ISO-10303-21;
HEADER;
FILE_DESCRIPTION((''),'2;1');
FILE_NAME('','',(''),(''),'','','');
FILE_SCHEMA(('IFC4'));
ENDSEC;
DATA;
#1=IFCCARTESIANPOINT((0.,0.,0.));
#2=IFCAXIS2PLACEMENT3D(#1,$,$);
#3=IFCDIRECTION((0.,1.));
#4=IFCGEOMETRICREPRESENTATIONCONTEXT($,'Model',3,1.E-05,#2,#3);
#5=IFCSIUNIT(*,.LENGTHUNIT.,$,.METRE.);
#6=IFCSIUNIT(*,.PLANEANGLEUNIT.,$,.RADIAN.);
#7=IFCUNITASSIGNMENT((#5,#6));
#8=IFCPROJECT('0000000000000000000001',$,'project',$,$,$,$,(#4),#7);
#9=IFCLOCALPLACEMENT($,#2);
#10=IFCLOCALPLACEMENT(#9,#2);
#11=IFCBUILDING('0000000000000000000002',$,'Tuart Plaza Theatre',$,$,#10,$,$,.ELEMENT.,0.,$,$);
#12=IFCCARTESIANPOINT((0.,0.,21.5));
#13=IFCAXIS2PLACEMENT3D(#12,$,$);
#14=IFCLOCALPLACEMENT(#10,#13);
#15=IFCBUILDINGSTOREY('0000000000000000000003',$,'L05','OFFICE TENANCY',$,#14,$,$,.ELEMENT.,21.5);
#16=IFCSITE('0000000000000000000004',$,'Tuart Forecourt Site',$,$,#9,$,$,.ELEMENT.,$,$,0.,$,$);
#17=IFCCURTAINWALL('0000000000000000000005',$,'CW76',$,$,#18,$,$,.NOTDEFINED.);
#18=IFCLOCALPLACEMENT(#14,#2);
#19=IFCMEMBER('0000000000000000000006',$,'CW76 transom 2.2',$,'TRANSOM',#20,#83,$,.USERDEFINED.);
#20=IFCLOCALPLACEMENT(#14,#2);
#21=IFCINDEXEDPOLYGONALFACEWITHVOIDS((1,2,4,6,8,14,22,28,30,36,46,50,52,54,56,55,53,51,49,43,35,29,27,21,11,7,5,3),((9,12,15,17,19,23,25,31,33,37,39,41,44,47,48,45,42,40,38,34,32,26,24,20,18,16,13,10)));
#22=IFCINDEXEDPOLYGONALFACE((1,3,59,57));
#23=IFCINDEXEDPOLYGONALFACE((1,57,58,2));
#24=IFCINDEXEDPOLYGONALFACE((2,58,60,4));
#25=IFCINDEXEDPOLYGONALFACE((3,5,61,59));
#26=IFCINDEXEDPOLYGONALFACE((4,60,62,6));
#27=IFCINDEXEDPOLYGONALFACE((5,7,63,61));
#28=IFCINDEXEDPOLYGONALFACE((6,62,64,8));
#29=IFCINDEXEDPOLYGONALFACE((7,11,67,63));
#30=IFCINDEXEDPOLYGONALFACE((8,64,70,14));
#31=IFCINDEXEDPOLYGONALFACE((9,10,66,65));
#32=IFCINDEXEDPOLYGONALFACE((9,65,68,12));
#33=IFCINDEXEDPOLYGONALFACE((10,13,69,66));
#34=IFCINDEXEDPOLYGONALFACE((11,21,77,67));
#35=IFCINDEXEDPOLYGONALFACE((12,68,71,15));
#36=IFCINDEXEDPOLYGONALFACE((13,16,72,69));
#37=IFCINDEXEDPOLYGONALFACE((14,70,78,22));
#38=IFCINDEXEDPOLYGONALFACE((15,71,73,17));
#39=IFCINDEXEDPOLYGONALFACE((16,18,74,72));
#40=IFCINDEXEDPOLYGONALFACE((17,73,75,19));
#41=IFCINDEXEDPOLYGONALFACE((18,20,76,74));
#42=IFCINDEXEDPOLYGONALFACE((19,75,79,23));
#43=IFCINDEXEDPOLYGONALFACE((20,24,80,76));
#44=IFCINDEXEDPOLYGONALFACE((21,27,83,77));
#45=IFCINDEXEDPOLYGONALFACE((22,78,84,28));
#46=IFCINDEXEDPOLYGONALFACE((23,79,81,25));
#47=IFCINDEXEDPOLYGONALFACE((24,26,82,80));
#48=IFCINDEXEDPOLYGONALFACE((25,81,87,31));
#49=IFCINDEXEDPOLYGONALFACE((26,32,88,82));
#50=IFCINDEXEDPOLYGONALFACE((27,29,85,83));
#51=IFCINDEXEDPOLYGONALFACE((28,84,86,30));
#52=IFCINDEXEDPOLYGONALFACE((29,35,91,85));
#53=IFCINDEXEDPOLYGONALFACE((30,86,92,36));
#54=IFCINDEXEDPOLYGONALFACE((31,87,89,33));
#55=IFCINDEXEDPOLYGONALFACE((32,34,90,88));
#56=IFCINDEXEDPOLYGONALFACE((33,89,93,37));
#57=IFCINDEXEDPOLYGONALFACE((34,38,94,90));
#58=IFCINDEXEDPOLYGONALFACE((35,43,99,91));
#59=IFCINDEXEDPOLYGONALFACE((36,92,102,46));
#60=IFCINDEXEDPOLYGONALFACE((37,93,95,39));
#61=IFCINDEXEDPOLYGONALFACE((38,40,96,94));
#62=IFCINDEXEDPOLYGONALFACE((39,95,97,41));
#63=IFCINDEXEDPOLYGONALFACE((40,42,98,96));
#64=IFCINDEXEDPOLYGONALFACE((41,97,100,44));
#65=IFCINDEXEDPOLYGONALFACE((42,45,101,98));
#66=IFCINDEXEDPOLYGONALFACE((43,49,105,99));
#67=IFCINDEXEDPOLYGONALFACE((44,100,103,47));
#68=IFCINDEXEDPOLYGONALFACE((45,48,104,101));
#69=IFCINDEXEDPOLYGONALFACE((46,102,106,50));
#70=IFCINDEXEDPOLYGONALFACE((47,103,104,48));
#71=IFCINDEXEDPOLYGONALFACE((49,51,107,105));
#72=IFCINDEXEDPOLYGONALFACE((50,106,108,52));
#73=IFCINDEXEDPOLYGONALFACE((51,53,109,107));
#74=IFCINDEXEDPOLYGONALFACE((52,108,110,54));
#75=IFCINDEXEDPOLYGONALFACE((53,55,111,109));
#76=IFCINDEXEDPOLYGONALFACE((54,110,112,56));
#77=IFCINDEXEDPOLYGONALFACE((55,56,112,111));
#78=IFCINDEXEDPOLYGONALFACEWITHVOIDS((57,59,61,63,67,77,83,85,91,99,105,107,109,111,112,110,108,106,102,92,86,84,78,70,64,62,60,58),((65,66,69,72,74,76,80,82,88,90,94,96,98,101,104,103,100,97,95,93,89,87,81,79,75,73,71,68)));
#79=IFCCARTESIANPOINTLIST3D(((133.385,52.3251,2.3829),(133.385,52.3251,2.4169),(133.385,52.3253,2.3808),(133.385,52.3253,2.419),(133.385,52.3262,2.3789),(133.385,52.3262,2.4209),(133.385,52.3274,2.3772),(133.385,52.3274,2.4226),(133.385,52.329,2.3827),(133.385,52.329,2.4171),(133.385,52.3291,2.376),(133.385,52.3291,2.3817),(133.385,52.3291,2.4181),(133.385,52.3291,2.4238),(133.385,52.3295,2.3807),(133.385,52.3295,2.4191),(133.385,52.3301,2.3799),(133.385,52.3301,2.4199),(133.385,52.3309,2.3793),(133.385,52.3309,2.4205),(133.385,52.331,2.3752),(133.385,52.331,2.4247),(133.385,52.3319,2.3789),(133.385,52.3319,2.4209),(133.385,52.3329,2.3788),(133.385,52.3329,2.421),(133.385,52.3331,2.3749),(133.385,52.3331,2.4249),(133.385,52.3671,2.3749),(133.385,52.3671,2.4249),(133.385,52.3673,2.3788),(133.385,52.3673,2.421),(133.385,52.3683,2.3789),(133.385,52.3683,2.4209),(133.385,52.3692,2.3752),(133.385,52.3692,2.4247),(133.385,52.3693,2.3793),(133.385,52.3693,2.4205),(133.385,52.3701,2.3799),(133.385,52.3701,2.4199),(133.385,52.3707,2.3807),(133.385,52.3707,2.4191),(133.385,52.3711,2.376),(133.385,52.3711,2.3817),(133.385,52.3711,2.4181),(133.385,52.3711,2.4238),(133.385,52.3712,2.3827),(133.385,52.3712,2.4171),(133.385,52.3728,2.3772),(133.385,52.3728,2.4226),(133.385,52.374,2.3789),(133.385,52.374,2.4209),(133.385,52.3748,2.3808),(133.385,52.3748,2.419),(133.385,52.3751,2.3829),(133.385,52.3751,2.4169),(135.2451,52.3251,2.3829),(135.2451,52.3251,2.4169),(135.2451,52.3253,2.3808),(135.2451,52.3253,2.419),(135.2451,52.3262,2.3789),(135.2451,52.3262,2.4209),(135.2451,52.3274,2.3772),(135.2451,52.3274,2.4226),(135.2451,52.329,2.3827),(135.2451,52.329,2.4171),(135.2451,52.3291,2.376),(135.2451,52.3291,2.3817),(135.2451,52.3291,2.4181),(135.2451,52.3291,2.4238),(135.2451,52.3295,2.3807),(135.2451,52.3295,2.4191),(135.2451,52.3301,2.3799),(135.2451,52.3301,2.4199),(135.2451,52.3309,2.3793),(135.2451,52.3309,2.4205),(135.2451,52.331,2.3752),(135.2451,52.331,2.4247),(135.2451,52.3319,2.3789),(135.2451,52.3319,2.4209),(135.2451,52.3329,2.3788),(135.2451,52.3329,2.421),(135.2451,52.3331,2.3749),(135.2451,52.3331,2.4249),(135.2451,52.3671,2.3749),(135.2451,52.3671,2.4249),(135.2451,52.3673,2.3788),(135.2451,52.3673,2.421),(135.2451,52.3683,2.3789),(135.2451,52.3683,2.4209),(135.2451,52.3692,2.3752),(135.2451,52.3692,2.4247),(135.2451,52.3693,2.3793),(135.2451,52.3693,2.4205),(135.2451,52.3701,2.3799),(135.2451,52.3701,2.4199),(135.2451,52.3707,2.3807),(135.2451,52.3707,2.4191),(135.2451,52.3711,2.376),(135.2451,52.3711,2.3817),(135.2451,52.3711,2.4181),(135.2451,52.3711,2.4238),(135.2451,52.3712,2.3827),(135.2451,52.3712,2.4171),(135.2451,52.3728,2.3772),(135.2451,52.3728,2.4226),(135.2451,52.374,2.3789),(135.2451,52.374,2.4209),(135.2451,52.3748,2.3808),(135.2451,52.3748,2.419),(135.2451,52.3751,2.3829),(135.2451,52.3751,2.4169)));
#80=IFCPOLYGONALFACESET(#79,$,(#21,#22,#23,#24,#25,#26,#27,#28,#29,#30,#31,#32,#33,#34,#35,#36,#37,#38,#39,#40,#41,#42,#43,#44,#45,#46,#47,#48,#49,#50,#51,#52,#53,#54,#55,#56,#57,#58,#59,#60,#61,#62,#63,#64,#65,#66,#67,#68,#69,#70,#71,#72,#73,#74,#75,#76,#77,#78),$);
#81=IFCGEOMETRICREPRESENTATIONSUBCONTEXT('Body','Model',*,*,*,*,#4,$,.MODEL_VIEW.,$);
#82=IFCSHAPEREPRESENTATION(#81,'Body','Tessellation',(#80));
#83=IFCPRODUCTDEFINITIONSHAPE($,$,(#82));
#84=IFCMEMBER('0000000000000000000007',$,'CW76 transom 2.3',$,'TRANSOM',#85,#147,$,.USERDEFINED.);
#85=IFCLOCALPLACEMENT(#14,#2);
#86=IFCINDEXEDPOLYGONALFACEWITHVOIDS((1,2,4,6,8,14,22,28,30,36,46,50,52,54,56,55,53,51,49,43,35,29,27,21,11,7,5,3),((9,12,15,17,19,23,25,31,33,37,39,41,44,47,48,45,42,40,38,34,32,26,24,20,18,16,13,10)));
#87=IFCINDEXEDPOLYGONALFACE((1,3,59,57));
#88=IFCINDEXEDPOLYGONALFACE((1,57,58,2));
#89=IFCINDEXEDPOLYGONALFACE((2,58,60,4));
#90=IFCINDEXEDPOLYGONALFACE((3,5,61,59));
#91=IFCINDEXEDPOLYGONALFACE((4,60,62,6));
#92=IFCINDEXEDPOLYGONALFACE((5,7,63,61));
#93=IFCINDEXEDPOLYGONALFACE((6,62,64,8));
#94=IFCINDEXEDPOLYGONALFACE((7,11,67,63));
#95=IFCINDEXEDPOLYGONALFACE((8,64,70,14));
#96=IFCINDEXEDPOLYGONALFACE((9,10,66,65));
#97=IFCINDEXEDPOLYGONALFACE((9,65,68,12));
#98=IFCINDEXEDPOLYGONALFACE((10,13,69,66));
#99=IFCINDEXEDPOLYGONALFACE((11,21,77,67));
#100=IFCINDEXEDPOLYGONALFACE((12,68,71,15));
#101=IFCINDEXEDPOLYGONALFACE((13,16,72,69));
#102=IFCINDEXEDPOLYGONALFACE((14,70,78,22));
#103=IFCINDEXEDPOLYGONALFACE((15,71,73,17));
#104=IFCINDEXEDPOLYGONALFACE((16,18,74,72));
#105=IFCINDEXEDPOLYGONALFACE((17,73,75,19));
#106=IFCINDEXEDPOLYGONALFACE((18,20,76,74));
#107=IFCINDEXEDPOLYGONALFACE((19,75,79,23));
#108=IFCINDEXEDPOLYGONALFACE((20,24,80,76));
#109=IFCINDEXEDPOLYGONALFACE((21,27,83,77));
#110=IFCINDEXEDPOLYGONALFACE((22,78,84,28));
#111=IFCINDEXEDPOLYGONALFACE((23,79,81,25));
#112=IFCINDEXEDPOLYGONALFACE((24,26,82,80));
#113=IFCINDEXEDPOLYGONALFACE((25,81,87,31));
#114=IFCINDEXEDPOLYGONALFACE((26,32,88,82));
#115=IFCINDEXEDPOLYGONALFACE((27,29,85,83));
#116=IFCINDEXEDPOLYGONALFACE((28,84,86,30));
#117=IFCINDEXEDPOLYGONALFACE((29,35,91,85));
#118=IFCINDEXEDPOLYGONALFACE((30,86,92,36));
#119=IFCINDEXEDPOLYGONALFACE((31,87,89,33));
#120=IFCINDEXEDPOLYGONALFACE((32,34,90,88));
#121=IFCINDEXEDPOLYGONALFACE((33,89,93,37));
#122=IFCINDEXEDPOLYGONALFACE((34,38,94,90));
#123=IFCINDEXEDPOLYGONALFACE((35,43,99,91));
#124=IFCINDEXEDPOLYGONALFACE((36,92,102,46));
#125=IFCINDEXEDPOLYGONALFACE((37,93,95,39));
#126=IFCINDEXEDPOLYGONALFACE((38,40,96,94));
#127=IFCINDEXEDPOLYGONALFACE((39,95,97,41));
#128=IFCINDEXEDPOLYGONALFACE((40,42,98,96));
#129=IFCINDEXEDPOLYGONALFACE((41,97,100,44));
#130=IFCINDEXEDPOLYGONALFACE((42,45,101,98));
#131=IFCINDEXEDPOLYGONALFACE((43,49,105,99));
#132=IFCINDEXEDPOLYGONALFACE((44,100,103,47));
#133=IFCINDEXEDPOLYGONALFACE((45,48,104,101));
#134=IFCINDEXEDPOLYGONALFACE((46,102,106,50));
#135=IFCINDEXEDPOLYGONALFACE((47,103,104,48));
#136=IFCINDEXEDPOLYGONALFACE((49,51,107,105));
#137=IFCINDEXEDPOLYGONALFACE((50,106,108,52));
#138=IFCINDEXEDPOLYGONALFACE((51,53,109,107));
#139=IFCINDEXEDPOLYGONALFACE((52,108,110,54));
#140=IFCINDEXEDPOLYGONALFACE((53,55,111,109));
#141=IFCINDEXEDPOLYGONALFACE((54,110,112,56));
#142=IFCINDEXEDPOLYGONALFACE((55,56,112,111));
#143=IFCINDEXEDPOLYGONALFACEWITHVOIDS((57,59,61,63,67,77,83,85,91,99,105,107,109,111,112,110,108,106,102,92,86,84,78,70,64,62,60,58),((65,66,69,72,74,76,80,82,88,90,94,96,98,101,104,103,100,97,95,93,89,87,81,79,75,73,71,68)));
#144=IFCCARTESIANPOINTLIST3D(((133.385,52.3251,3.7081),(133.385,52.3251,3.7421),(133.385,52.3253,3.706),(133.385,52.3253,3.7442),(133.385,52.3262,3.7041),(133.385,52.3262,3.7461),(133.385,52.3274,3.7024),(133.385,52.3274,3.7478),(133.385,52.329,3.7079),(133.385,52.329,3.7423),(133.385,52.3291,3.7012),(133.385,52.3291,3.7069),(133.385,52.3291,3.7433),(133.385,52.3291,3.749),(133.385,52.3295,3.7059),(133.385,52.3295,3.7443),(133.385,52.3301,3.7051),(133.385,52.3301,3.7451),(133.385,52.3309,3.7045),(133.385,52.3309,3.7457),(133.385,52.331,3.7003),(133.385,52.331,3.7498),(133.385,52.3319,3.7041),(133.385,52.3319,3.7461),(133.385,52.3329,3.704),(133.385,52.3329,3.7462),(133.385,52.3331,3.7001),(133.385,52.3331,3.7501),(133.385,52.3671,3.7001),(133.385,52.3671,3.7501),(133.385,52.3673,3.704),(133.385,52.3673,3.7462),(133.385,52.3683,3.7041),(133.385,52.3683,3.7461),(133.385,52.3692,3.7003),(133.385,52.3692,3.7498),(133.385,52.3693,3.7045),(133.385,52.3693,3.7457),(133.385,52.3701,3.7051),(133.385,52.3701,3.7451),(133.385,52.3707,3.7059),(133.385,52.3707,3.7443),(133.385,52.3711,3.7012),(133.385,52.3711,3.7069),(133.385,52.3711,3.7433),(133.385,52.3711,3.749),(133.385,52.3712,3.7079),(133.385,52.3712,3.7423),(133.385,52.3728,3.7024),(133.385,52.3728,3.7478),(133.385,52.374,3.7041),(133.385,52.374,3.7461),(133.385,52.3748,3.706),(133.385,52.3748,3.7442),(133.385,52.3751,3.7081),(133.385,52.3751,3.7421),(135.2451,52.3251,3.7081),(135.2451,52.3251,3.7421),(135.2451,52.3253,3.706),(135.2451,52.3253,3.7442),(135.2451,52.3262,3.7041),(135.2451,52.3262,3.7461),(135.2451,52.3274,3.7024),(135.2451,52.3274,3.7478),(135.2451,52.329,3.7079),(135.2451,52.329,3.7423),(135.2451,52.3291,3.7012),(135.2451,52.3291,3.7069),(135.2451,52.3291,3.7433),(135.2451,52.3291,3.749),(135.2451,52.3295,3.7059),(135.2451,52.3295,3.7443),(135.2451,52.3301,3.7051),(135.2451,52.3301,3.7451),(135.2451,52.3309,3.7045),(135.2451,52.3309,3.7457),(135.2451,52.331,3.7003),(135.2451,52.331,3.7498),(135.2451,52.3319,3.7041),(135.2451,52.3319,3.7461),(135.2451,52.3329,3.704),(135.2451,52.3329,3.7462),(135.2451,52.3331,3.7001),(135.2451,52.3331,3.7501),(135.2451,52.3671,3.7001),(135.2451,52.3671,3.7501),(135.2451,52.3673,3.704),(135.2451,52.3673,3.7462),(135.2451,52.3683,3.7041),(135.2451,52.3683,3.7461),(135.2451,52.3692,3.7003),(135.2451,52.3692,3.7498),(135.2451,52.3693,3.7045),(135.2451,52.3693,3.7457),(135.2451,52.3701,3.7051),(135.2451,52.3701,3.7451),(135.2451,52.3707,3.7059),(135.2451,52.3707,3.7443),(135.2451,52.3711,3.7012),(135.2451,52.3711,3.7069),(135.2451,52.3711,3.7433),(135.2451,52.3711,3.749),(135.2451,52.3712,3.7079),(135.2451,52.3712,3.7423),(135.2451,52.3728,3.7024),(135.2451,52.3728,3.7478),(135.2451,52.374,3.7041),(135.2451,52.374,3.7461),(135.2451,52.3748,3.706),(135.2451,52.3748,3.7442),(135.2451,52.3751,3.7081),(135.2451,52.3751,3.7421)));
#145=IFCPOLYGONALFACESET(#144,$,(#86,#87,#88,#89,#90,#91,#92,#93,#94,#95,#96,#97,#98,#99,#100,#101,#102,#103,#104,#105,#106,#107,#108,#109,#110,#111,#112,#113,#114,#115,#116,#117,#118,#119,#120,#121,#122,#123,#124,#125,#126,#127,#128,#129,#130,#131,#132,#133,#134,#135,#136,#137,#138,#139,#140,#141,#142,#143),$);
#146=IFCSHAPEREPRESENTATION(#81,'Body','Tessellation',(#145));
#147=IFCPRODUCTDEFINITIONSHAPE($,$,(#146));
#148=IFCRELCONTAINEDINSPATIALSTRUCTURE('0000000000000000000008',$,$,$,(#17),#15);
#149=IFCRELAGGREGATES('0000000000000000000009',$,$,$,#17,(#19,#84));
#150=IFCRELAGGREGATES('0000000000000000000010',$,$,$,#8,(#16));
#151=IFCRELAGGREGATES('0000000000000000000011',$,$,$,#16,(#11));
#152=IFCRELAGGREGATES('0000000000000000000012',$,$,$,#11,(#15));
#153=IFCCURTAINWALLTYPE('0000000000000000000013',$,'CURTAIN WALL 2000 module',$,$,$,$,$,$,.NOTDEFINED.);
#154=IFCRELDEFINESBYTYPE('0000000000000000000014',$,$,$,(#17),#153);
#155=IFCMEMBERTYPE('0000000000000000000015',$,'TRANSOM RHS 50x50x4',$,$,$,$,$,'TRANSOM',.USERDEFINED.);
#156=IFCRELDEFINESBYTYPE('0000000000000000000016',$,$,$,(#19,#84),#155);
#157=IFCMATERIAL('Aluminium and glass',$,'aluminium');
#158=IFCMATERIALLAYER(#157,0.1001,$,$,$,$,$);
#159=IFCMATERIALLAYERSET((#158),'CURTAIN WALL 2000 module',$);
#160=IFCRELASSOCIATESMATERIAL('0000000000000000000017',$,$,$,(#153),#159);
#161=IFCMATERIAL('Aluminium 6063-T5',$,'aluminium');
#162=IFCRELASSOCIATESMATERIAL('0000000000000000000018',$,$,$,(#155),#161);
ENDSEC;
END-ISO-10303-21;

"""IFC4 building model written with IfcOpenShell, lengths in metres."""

from ifc_helpers import new_model, si_unit, direction, frame, origin, origin_2d, place, context, subcontext, project, spatial, hollow_rectangle, extrude, material, layer, layer_set, material_profile, profile_set, type_object, element, aggregate, save


model = new_model("IFC4")

# Units and contexts
model_context = context("Model", 3, precision=1e-05, world=origin(), true_north=direction((0.0, 1.0)))
body_context = subcontext(model_context, "Body", "Model", "MODEL_VIEW")
ifc_project = project(units=[si_unit("LENGTHUNIT", "METRE"), si_unit("PLANEANGLEUNIT", "RADIAN")], contexts=[model_context])

# Site, building, storey
site_placement = place(None, origin())
site = spatial("IfcSite", under=ifc_project, at=site_placement, Name="Tuart Forecourt Site", CompositionType="ELEMENT", RefElevation=0.0)
building_placement = place(site_placement, origin())
building = spatial("IfcBuilding", under=site, at=building_placement, Name="Tuart Plaza Theatre", CompositionType="ELEMENT", ElevationOfRefHeight=0.0)
storey_placement = place(building_placement, frame((0.0, 0.0, 21.5)))
storey = spatial("IfcBuildingStorey", under=building, at=storey_placement, Name="L05", Description="OFFICE TENANCY", CompositionType="ELEMENT", Elevation=21.5)

# Curtain wall, members
ifc_material_1 = material(Name="Aluminium and glass", Category="aluminium")
ifc_layer_1 = layer(ifc_material_1, 0.1001)
ifc_layer_set_1 = layer_set([ifc_layer_1], Name="CURTAIN WALL 2000 module")
curtain_wall_type = type_object("IfcCurtainWallType", Name="CURTAIN WALL 2000 module", PredefinedType="NOTDEFINED", material=ifc_layer_set_1)
curtain_wall_placement = place(storey_placement, origin())
curtain_wall = element("IfcCurtainWall", 1, at=curtain_wall_placement, inside=storey, type_object=curtain_wall_type, Name="CW76", PredefinedType="NOTDEFINED")
ifc_material_2 = material(Name="Aluminium 6063-T5", Category="aluminium")
ifc_material_profile_1 = material_profile(ifc_material_2, hollow_rectangle(XDim=0.05, YDim=0.05, WallThickness=0.0039, InnerFilletRadius=0.0039, OuterFilletRadius=0.0081, at=origin_2d()), Name="RHS 50x50x4")
ifc_profile_set_1 = profile_set([ifc_material_profile_1], Name="Aluminium 6063-T5")
member_type_1 = type_object("IfcMemberType", Name="TRANSOM RHS 50x50x4", ElementType="TRANSOM", PredefinedType="USERDEFINED", material=ifc_profile_set_1)
member_1_placement = place(storey_placement, frame((133.385, 52.3501, 2.3999), z_axis=(1.0, 0.0, 0.0), x_axis=(0.0, 1.0, 0.0)))
member_1 = element("IfcMember", 2, at=member_1_placement, type_object=member_type_1, Name="CW76 transom 2.2", ObjectType="TRANSOM", PredefinedType="USERDEFINED", context=body_context, shape_type="SweptSolid", body=[
    extrude(hollow_rectangle(XDim=0.05, YDim=0.05, WallThickness=0.0039, InnerFilletRadius=0.0039, OuterFilletRadius=0.0081, at=origin_2d()), origin(), (0.0, 0.0, 1.0), 1.8601),
])
member_2_placement = place(storey_placement, frame((133.385, 52.3501, 3.7251), z_axis=(1.0, 0.0, 0.0), x_axis=(0.0, 1.0, 0.0)))
member_2 = element("IfcMember", 3, at=member_2_placement, type_object=member_type_1, Name="CW76 transom 2.3", ObjectType="TRANSOM", PredefinedType="USERDEFINED", context=body_context, shape_type="SweptSolid", body=[
    extrude(hollow_rectangle(XDim=0.05, YDim=0.05, WallThickness=0.0039, InnerFilletRadius=0.0039, OuterFilletRadius=0.0081, at=origin_2d()), origin(), (0.0, 0.0, 1.0), 1.8601),
])
aggregate(curtain_wall, [member_1, member_2])

save(model, "model.ifc")
